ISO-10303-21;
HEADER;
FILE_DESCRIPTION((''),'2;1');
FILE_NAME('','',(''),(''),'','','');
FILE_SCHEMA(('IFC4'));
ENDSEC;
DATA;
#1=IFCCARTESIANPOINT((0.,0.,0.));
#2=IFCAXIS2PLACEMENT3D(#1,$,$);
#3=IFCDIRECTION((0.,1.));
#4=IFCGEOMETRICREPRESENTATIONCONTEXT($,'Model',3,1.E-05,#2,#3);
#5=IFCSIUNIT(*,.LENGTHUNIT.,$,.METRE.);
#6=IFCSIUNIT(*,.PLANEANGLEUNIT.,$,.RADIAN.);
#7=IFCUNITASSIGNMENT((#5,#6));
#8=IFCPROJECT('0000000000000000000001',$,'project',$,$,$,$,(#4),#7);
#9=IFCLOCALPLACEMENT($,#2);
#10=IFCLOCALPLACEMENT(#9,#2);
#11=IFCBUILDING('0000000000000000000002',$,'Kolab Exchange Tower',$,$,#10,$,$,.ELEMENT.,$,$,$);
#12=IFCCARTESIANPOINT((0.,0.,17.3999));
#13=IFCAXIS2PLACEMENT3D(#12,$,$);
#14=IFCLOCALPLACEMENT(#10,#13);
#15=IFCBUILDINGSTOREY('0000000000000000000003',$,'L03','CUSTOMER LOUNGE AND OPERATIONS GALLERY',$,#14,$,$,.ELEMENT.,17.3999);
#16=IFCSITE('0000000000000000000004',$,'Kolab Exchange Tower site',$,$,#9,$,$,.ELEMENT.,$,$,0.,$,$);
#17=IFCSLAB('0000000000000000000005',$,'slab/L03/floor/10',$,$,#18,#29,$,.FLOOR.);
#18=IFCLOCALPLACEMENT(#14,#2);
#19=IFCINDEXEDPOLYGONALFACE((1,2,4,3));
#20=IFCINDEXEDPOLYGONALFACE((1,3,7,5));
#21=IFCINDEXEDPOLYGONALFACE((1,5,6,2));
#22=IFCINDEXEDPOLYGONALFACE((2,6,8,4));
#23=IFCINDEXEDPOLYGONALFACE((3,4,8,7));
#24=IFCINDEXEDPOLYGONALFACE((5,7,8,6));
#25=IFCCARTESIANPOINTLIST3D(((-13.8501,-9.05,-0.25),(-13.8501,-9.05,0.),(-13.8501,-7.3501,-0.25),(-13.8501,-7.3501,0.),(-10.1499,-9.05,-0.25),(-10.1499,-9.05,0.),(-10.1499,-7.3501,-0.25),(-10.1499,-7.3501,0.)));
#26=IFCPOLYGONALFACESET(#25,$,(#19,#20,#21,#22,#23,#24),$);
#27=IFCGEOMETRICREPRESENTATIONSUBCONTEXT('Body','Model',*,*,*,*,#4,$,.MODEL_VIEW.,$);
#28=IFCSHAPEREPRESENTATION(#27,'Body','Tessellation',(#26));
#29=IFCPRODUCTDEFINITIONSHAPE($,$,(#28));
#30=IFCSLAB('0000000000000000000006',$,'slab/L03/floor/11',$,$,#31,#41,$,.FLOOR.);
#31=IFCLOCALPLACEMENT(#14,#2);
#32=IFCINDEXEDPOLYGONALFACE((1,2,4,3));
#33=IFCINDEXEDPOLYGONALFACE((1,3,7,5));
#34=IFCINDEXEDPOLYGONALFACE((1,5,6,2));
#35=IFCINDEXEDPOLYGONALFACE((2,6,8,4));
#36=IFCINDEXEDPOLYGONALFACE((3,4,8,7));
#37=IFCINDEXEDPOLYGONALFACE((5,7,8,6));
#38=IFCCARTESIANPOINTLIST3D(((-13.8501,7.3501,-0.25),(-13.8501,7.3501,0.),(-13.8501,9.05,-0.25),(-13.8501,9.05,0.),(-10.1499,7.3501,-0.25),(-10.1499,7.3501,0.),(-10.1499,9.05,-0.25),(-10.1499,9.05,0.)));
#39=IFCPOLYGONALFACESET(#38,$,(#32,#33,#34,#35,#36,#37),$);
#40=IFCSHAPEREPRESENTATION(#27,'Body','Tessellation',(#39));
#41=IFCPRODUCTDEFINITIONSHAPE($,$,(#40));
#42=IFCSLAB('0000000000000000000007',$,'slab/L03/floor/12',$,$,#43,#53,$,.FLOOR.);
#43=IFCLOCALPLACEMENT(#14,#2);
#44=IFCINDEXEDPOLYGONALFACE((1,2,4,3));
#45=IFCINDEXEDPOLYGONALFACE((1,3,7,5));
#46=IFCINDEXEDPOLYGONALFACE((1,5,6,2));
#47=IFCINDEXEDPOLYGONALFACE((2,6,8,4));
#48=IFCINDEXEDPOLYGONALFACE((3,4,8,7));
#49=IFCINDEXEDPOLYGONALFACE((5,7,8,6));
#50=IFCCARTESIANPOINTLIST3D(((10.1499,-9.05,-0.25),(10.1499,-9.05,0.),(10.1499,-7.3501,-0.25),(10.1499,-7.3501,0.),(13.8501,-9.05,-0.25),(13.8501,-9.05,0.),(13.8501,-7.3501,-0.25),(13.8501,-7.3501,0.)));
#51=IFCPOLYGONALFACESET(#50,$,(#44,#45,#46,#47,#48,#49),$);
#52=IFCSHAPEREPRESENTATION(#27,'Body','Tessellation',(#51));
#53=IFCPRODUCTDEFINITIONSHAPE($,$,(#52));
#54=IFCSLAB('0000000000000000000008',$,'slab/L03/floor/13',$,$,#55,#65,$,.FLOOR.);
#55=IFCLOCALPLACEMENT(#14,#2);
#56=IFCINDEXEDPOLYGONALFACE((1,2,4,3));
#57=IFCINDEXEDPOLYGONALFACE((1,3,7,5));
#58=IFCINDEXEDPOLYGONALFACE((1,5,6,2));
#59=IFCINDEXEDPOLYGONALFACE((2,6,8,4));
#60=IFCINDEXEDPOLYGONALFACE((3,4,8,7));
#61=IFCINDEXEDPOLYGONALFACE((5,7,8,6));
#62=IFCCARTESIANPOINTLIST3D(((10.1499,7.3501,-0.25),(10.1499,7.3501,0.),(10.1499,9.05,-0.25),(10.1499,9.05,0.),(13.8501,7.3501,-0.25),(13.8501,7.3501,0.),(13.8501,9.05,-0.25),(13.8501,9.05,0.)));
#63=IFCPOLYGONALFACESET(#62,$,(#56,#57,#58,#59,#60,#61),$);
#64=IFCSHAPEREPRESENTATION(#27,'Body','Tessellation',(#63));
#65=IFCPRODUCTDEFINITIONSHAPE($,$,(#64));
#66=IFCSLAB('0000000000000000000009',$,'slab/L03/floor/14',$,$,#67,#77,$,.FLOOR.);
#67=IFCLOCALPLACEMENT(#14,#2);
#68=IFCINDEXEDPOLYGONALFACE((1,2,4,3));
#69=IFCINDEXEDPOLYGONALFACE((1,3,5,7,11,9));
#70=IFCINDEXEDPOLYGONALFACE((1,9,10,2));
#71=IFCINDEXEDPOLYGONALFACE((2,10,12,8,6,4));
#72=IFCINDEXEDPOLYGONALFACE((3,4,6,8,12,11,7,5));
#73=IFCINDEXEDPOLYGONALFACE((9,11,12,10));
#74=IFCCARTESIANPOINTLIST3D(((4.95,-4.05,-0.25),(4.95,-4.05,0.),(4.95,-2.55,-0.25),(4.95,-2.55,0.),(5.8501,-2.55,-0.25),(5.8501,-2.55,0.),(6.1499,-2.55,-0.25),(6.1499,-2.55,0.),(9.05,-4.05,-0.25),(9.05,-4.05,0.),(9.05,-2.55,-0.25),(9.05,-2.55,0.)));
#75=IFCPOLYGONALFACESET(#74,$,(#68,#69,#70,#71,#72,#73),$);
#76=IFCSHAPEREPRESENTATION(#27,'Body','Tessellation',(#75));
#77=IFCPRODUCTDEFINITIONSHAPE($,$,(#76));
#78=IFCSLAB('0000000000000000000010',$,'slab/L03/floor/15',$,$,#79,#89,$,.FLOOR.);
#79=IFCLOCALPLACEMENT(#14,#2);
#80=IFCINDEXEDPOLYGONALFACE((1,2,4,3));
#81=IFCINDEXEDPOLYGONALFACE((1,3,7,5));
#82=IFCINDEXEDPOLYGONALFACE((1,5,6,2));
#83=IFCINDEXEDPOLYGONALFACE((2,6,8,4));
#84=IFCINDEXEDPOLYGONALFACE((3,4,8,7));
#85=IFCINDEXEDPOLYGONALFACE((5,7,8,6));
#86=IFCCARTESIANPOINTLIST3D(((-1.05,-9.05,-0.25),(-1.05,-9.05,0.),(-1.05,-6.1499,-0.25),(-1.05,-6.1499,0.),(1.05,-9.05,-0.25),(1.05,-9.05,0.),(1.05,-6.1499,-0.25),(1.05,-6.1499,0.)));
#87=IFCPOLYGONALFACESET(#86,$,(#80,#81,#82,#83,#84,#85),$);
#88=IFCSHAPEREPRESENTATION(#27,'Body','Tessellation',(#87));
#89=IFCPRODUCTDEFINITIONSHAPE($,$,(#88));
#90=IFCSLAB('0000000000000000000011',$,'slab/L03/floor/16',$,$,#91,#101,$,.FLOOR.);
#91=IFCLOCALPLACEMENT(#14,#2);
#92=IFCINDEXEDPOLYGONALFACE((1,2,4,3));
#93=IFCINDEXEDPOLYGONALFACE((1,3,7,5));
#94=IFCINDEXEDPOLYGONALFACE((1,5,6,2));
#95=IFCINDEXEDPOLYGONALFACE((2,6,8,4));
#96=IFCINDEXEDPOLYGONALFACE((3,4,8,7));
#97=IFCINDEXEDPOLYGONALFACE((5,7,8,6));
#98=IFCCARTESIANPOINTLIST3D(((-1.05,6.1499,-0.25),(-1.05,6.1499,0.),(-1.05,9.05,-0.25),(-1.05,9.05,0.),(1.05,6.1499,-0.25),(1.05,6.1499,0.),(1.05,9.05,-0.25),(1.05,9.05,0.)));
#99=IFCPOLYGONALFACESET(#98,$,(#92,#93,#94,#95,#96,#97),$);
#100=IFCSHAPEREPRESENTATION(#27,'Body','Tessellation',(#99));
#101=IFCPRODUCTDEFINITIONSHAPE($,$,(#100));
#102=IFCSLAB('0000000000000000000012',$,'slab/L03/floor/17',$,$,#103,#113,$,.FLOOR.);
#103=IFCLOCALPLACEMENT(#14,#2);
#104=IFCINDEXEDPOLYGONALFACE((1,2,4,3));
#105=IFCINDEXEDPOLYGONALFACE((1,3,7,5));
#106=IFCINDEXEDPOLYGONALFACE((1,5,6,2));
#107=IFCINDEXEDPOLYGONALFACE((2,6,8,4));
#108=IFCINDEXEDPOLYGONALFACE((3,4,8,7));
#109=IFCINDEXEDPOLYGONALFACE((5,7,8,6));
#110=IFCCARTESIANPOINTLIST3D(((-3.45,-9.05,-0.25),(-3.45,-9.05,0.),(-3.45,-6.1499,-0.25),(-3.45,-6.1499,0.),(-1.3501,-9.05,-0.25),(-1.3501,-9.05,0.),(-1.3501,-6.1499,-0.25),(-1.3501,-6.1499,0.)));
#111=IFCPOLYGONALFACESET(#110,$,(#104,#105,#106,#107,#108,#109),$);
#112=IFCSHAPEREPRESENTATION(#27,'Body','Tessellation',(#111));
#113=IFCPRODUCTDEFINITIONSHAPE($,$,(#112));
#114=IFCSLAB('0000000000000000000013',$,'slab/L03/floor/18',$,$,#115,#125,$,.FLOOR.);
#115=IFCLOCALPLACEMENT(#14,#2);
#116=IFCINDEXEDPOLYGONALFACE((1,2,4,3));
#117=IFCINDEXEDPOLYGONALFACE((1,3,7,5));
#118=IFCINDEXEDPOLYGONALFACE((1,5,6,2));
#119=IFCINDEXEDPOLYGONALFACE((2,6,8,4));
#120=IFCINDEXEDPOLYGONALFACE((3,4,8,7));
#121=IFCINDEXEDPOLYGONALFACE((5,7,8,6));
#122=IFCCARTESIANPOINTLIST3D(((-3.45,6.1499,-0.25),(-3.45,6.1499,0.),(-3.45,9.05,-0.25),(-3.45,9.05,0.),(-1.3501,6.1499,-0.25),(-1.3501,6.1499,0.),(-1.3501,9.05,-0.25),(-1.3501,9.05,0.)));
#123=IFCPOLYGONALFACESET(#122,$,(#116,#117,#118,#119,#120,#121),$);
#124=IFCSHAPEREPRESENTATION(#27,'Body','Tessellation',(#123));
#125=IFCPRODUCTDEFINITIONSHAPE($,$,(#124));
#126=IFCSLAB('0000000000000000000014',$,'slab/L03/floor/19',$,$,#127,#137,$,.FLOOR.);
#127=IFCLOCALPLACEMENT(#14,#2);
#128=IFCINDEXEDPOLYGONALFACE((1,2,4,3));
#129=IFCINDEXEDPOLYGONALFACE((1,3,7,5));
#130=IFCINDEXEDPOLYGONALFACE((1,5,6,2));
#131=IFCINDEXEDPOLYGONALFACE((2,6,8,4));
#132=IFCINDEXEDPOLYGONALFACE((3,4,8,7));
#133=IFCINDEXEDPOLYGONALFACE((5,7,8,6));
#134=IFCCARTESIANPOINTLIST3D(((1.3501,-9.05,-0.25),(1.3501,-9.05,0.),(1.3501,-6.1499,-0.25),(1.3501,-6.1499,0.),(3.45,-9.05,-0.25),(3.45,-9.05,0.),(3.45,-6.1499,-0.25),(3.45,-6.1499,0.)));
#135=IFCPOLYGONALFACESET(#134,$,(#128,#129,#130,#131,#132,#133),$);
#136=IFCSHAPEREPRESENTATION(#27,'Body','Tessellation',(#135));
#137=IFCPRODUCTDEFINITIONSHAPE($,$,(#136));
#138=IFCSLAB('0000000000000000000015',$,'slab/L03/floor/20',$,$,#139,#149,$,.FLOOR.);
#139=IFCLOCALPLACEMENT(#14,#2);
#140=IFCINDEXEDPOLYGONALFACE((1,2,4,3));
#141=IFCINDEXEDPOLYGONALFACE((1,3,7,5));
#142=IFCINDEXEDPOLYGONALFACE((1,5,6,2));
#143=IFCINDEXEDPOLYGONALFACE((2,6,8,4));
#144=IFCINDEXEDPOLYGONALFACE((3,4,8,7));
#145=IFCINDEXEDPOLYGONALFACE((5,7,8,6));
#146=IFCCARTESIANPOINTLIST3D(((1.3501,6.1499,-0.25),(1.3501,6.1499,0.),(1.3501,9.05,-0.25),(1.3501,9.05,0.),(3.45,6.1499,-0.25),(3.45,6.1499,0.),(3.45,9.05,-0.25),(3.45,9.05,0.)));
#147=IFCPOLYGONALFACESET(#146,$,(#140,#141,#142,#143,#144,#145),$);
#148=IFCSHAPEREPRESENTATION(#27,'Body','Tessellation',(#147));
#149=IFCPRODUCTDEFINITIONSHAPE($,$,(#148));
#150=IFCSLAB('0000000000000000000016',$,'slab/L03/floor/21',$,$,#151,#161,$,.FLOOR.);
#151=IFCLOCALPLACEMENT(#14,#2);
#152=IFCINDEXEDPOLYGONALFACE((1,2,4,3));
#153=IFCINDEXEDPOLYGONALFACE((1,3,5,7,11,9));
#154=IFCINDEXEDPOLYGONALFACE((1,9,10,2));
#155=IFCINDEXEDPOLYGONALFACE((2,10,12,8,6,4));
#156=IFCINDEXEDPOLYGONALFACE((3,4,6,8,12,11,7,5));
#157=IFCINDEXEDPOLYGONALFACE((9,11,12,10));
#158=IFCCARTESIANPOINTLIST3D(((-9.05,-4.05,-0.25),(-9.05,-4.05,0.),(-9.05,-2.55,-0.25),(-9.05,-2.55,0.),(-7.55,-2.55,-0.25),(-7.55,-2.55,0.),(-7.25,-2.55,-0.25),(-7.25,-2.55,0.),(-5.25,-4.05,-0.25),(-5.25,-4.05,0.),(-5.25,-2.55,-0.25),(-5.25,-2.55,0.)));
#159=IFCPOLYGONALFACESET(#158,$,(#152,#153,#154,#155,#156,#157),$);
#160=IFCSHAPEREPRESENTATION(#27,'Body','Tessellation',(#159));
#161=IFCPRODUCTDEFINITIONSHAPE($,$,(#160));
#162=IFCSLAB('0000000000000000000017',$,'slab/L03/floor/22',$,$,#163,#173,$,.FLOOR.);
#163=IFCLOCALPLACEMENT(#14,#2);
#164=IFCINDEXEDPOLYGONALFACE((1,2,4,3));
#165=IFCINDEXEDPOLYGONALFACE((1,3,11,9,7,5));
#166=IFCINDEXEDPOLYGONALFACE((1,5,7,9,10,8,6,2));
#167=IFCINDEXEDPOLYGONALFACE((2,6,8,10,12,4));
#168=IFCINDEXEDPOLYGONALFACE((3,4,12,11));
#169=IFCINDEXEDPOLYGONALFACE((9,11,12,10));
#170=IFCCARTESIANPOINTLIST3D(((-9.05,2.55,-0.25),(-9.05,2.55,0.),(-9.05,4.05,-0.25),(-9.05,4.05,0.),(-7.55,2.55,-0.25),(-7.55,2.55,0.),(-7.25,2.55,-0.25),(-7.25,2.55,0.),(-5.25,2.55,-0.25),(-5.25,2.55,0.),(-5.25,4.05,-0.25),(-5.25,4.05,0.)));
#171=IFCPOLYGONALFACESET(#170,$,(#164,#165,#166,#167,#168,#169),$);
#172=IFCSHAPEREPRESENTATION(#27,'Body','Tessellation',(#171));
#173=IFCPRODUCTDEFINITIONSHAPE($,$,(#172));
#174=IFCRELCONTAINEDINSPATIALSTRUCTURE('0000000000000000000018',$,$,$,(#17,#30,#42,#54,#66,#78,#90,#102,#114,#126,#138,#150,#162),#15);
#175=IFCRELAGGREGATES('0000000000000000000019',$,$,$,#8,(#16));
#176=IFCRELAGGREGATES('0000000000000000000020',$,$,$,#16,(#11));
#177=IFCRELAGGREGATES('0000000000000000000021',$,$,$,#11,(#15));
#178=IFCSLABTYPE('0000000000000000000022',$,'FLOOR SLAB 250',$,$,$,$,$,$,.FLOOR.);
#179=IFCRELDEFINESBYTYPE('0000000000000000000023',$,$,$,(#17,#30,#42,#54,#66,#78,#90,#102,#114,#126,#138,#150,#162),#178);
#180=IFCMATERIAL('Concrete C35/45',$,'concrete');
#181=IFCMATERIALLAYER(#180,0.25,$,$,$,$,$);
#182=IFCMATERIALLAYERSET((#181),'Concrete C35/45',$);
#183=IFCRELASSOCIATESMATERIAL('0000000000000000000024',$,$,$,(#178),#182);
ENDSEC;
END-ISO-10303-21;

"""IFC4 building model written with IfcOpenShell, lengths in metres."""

from ifc_helpers import new_model, si_unit, direction, frame, origin, place, context, subcontext, project, spatial, polyline, outline, extrude, material, layer, layer_set, type_object, element, save


model = new_model("IFC4")

# Units and contexts
model_context = context("Model", 3, precision=1e-05, world=origin(), true_north=direction((0.0, 1.0)))
body_context = subcontext(model_context, "Body", "Model", "MODEL_VIEW")
ifc_project = project(units=[si_unit("LENGTHUNIT", "METRE"), si_unit("PLANEANGLEUNIT", "RADIAN")], contexts=[model_context])

# Site, building, storey
site_placement = place(None, origin())
site = spatial("IfcSite", under=ifc_project, at=site_placement, Name="Kolab Exchange Tower site", CompositionType="ELEMENT", RefElevation=0.0)
building_placement = place(site_placement, origin())
building = spatial("IfcBuilding", under=site, at=building_placement, Name="Kolab Exchange Tower", CompositionType="ELEMENT")
storey_placement = place(building_placement, frame((0.0, 0.0, 17.3999)))
storey = spatial("IfcBuildingStorey", under=building, at=storey_placement, Name="L03", Description="CUSTOMER LOUNGE AND OPERATIONS GALLERY", CompositionType="ELEMENT", Elevation=17.3999)

# Slabs
ifc_material = material(Name="Concrete C35/45", Category="concrete")
ifc_layer_1 = layer(ifc_material, 0.25)
ifc_layer_set_1 = layer_set([ifc_layer_1], Name="Concrete C35/45")
slab_type_1 = type_object("IfcSlabType", Name="FLOOR SLAB 250", PredefinedType="FLOOR", material=ifc_layer_set_1)
slab_1_placement = place(storey_placement, frame((0.0, 0.0, -0.25)))
element("IfcSlab", 1, at=slab_1_placement, inside=storey, type_object=slab_type_1, Name="slab/L03/floor/10", PredefinedType="FLOOR", context=body_context, shape_type="SweptSolid", body=[
    extrude(outline(polyline([(-10.1499, -9.05), (-10.1499, -7.3501), (-13.8501, -7.3501), (-13.8501, -9.05), (-10.1499, -9.05)])), origin(), (0.0, 0.0, 1.0), 0.25),
])
slab_2_placement = place(storey_placement, frame((0.0, 0.0, -0.25)))
element("IfcSlab", 2, at=slab_2_placement, inside=storey, type_object=slab_type_1, Name="slab/L03/floor/11", PredefinedType="FLOOR", context=body_context, shape_type="SweptSolid", body=[
    extrude(outline(polyline([(-13.8501, 7.3501), (-10.1499, 7.3501), (-10.1499, 9.05), (-13.8501, 9.05), (-13.8501, 7.3501)])), origin(), (0.0, 0.0, 1.0), 0.25),
])
slab_3_placement = place(storey_placement, frame((0.0, 0.0, -0.25)))
element("IfcSlab", 3, at=slab_3_placement, inside=storey, type_object=slab_type_1, Name="slab/L03/floor/12", PredefinedType="FLOOR", context=body_context, shape_type="SweptSolid", body=[
    extrude(outline(polyline([(10.1499, -7.3501), (10.1499, -9.05), (13.8501, -9.05), (13.8501, -7.3501), (10.1499, -7.3501)])), origin(), (0.0, 0.0, 1.0), 0.25),
])
slab_4_placement = place(storey_placement, frame((0.0, 0.0, -0.25)))
element("IfcSlab", 4, at=slab_4_placement, inside=storey, type_object=slab_type_1, Name="slab/L03/floor/13", PredefinedType="FLOOR", context=body_context, shape_type="SweptSolid", body=[
    extrude(outline(polyline([(10.1499, 7.3501), (13.8501, 7.3501), (13.8501, 9.05), (10.1499, 9.05), (10.1499, 7.3501)])), origin(), (0.0, 0.0, 1.0), 0.25),
])
slab_5_placement = place(storey_placement, frame((0.0, 0.0, -0.25)))
element("IfcSlab", 5, at=slab_5_placement, inside=storey, type_object=slab_type_1, Name="slab/L03/floor/14", PredefinedType="FLOOR", context=body_context, shape_type="SweptSolid", body=[
    extrude(outline(polyline([(9.05, -4.05), (9.05, -2.55), (6.1499, -2.55), (5.8501, -2.55), (4.95, -2.55), (4.95, -4.05), (9.05, -4.05)])), origin(), (0.0, 0.0, 1.0), 0.25),
])
slab_6_placement = place(storey_placement, frame((0.0, 0.0, -0.25)))
element("IfcSlab", 6, at=slab_6_placement, inside=storey, type_object=slab_type_1, Name="slab/L03/floor/15", PredefinedType="FLOOR", context=body_context, shape_type="SweptSolid", body=[
    extrude(outline(polyline([(1.05, -6.1499), (-1.05, -6.1499), (-1.05, -9.05), (1.05, -9.05), (1.05, -6.1499)])), origin(), (0.0, 0.0, 1.0), 0.25),
])
slab_7_placement = place(storey_placement, frame((0.0, 0.0, -0.25)))
element("IfcSlab", 7, at=slab_7_placement, inside=storey, type_object=slab_type_1, Name="slab/L03/floor/16", PredefinedType="FLOOR", context=body_context, shape_type="SweptSolid", body=[
    extrude(outline(polyline([(-1.05, 9.05), (-1.05, 6.1499), (1.05, 6.1499), (1.05, 9.05), (-1.05, 9.05)])), origin(), (0.0, 0.0, 1.0), 0.25),
])
slab_8_placement = place(storey_placement, frame((0.0, 0.0, -0.25)))
element("IfcSlab", 8, at=slab_8_placement, inside=storey, type_object=slab_type_1, Name="slab/L03/floor/17", PredefinedType="FLOOR", context=body_context, shape_type="SweptSolid", body=[
    extrude(outline(polyline([(-1.3501, -6.1499), (-3.45, -6.1499), (-3.45, -9.05), (-1.3501, -9.05), (-1.3501, -6.1499)])), origin(), (0.0, 0.0, 1.0), 0.25),
])
slab_9_placement = place(storey_placement, frame((0.0, 0.0, -0.25)))
element("IfcSlab", 9, at=slab_9_placement, inside=storey, type_object=slab_type_1, Name="slab/L03/floor/18", PredefinedType="FLOOR", context=body_context, shape_type="SweptSolid", body=[
    extrude(outline(polyline([(-1.3501, 6.1499), (-1.3501, 9.05), (-3.45, 9.05), (-3.45, 6.1499), (-1.3501, 6.1499)])), origin(), (0.0, 0.0, 1.0), 0.25),
])
slab_10_placement = place(storey_placement, frame((0.0, 0.0, -0.25)))
element("IfcSlab", 10, at=slab_10_placement, inside=storey, type_object=slab_type_1, Name="slab/L03/floor/19", PredefinedType="FLOOR", context=body_context, shape_type="SweptSolid", body=[
    extrude(outline(polyline([(1.3501, -6.1499), (1.3501, -9.05), (3.45, -9.05), (3.45, -6.1499), (1.3501, -6.1499)])), origin(), (0.0, 0.0, 1.0), 0.25),
])
slab_11_placement = place(storey_placement, frame((0.0, 0.0, -0.25)))
element("IfcSlab", 11, at=slab_11_placement, inside=storey, type_object=slab_type_1, Name="slab/L03/floor/20", PredefinedType="FLOOR", context=body_context, shape_type="SweptSolid", body=[
    extrude(outline(polyline([(1.3501, 6.1499), (3.45, 6.1499), (3.45, 9.05), (1.3501, 9.05), (1.3501, 6.1499)])), origin(), (0.0, 0.0, 1.0), 0.25),
])
slab_12_placement = place(storey_placement, frame((0.0, 0.0, -0.25)))
element("IfcSlab", 12, at=slab_12_placement, inside=storey, type_object=slab_type_1, Name="slab/L03/floor/21", PredefinedType="FLOOR", context=body_context, shape_type="SweptSolid", body=[
    extrude(outline(polyline([(-9.05, -4.05), (-5.25, -4.05), (-5.25, -2.55), (-7.25, -2.55), (-7.55, -2.55), (-9.05, -2.55), (-9.05, -4.05)])), origin(), (0.0, 0.0, 1.0), 0.25),
])
slab_13_placement = place(storey_placement, frame((0.0, 0.0, -0.25)))
element("IfcSlab", 13, at=slab_13_placement, inside=storey, type_object=slab_type_1, Name="slab/L03/floor/22", PredefinedType="FLOOR", context=body_context, shape_type="SweptSolid", body=[
    extrude(outline(polyline([(-5.25, 4.05), (-9.05, 4.05), (-9.05, 2.55), (-7.55, 2.55), (-7.25, 2.55), (-5.25, 2.55), (-5.25, 4.05)])), origin(), (0.0, 0.0, 1.0), 0.25),
])

save(model, "model.ifc")
